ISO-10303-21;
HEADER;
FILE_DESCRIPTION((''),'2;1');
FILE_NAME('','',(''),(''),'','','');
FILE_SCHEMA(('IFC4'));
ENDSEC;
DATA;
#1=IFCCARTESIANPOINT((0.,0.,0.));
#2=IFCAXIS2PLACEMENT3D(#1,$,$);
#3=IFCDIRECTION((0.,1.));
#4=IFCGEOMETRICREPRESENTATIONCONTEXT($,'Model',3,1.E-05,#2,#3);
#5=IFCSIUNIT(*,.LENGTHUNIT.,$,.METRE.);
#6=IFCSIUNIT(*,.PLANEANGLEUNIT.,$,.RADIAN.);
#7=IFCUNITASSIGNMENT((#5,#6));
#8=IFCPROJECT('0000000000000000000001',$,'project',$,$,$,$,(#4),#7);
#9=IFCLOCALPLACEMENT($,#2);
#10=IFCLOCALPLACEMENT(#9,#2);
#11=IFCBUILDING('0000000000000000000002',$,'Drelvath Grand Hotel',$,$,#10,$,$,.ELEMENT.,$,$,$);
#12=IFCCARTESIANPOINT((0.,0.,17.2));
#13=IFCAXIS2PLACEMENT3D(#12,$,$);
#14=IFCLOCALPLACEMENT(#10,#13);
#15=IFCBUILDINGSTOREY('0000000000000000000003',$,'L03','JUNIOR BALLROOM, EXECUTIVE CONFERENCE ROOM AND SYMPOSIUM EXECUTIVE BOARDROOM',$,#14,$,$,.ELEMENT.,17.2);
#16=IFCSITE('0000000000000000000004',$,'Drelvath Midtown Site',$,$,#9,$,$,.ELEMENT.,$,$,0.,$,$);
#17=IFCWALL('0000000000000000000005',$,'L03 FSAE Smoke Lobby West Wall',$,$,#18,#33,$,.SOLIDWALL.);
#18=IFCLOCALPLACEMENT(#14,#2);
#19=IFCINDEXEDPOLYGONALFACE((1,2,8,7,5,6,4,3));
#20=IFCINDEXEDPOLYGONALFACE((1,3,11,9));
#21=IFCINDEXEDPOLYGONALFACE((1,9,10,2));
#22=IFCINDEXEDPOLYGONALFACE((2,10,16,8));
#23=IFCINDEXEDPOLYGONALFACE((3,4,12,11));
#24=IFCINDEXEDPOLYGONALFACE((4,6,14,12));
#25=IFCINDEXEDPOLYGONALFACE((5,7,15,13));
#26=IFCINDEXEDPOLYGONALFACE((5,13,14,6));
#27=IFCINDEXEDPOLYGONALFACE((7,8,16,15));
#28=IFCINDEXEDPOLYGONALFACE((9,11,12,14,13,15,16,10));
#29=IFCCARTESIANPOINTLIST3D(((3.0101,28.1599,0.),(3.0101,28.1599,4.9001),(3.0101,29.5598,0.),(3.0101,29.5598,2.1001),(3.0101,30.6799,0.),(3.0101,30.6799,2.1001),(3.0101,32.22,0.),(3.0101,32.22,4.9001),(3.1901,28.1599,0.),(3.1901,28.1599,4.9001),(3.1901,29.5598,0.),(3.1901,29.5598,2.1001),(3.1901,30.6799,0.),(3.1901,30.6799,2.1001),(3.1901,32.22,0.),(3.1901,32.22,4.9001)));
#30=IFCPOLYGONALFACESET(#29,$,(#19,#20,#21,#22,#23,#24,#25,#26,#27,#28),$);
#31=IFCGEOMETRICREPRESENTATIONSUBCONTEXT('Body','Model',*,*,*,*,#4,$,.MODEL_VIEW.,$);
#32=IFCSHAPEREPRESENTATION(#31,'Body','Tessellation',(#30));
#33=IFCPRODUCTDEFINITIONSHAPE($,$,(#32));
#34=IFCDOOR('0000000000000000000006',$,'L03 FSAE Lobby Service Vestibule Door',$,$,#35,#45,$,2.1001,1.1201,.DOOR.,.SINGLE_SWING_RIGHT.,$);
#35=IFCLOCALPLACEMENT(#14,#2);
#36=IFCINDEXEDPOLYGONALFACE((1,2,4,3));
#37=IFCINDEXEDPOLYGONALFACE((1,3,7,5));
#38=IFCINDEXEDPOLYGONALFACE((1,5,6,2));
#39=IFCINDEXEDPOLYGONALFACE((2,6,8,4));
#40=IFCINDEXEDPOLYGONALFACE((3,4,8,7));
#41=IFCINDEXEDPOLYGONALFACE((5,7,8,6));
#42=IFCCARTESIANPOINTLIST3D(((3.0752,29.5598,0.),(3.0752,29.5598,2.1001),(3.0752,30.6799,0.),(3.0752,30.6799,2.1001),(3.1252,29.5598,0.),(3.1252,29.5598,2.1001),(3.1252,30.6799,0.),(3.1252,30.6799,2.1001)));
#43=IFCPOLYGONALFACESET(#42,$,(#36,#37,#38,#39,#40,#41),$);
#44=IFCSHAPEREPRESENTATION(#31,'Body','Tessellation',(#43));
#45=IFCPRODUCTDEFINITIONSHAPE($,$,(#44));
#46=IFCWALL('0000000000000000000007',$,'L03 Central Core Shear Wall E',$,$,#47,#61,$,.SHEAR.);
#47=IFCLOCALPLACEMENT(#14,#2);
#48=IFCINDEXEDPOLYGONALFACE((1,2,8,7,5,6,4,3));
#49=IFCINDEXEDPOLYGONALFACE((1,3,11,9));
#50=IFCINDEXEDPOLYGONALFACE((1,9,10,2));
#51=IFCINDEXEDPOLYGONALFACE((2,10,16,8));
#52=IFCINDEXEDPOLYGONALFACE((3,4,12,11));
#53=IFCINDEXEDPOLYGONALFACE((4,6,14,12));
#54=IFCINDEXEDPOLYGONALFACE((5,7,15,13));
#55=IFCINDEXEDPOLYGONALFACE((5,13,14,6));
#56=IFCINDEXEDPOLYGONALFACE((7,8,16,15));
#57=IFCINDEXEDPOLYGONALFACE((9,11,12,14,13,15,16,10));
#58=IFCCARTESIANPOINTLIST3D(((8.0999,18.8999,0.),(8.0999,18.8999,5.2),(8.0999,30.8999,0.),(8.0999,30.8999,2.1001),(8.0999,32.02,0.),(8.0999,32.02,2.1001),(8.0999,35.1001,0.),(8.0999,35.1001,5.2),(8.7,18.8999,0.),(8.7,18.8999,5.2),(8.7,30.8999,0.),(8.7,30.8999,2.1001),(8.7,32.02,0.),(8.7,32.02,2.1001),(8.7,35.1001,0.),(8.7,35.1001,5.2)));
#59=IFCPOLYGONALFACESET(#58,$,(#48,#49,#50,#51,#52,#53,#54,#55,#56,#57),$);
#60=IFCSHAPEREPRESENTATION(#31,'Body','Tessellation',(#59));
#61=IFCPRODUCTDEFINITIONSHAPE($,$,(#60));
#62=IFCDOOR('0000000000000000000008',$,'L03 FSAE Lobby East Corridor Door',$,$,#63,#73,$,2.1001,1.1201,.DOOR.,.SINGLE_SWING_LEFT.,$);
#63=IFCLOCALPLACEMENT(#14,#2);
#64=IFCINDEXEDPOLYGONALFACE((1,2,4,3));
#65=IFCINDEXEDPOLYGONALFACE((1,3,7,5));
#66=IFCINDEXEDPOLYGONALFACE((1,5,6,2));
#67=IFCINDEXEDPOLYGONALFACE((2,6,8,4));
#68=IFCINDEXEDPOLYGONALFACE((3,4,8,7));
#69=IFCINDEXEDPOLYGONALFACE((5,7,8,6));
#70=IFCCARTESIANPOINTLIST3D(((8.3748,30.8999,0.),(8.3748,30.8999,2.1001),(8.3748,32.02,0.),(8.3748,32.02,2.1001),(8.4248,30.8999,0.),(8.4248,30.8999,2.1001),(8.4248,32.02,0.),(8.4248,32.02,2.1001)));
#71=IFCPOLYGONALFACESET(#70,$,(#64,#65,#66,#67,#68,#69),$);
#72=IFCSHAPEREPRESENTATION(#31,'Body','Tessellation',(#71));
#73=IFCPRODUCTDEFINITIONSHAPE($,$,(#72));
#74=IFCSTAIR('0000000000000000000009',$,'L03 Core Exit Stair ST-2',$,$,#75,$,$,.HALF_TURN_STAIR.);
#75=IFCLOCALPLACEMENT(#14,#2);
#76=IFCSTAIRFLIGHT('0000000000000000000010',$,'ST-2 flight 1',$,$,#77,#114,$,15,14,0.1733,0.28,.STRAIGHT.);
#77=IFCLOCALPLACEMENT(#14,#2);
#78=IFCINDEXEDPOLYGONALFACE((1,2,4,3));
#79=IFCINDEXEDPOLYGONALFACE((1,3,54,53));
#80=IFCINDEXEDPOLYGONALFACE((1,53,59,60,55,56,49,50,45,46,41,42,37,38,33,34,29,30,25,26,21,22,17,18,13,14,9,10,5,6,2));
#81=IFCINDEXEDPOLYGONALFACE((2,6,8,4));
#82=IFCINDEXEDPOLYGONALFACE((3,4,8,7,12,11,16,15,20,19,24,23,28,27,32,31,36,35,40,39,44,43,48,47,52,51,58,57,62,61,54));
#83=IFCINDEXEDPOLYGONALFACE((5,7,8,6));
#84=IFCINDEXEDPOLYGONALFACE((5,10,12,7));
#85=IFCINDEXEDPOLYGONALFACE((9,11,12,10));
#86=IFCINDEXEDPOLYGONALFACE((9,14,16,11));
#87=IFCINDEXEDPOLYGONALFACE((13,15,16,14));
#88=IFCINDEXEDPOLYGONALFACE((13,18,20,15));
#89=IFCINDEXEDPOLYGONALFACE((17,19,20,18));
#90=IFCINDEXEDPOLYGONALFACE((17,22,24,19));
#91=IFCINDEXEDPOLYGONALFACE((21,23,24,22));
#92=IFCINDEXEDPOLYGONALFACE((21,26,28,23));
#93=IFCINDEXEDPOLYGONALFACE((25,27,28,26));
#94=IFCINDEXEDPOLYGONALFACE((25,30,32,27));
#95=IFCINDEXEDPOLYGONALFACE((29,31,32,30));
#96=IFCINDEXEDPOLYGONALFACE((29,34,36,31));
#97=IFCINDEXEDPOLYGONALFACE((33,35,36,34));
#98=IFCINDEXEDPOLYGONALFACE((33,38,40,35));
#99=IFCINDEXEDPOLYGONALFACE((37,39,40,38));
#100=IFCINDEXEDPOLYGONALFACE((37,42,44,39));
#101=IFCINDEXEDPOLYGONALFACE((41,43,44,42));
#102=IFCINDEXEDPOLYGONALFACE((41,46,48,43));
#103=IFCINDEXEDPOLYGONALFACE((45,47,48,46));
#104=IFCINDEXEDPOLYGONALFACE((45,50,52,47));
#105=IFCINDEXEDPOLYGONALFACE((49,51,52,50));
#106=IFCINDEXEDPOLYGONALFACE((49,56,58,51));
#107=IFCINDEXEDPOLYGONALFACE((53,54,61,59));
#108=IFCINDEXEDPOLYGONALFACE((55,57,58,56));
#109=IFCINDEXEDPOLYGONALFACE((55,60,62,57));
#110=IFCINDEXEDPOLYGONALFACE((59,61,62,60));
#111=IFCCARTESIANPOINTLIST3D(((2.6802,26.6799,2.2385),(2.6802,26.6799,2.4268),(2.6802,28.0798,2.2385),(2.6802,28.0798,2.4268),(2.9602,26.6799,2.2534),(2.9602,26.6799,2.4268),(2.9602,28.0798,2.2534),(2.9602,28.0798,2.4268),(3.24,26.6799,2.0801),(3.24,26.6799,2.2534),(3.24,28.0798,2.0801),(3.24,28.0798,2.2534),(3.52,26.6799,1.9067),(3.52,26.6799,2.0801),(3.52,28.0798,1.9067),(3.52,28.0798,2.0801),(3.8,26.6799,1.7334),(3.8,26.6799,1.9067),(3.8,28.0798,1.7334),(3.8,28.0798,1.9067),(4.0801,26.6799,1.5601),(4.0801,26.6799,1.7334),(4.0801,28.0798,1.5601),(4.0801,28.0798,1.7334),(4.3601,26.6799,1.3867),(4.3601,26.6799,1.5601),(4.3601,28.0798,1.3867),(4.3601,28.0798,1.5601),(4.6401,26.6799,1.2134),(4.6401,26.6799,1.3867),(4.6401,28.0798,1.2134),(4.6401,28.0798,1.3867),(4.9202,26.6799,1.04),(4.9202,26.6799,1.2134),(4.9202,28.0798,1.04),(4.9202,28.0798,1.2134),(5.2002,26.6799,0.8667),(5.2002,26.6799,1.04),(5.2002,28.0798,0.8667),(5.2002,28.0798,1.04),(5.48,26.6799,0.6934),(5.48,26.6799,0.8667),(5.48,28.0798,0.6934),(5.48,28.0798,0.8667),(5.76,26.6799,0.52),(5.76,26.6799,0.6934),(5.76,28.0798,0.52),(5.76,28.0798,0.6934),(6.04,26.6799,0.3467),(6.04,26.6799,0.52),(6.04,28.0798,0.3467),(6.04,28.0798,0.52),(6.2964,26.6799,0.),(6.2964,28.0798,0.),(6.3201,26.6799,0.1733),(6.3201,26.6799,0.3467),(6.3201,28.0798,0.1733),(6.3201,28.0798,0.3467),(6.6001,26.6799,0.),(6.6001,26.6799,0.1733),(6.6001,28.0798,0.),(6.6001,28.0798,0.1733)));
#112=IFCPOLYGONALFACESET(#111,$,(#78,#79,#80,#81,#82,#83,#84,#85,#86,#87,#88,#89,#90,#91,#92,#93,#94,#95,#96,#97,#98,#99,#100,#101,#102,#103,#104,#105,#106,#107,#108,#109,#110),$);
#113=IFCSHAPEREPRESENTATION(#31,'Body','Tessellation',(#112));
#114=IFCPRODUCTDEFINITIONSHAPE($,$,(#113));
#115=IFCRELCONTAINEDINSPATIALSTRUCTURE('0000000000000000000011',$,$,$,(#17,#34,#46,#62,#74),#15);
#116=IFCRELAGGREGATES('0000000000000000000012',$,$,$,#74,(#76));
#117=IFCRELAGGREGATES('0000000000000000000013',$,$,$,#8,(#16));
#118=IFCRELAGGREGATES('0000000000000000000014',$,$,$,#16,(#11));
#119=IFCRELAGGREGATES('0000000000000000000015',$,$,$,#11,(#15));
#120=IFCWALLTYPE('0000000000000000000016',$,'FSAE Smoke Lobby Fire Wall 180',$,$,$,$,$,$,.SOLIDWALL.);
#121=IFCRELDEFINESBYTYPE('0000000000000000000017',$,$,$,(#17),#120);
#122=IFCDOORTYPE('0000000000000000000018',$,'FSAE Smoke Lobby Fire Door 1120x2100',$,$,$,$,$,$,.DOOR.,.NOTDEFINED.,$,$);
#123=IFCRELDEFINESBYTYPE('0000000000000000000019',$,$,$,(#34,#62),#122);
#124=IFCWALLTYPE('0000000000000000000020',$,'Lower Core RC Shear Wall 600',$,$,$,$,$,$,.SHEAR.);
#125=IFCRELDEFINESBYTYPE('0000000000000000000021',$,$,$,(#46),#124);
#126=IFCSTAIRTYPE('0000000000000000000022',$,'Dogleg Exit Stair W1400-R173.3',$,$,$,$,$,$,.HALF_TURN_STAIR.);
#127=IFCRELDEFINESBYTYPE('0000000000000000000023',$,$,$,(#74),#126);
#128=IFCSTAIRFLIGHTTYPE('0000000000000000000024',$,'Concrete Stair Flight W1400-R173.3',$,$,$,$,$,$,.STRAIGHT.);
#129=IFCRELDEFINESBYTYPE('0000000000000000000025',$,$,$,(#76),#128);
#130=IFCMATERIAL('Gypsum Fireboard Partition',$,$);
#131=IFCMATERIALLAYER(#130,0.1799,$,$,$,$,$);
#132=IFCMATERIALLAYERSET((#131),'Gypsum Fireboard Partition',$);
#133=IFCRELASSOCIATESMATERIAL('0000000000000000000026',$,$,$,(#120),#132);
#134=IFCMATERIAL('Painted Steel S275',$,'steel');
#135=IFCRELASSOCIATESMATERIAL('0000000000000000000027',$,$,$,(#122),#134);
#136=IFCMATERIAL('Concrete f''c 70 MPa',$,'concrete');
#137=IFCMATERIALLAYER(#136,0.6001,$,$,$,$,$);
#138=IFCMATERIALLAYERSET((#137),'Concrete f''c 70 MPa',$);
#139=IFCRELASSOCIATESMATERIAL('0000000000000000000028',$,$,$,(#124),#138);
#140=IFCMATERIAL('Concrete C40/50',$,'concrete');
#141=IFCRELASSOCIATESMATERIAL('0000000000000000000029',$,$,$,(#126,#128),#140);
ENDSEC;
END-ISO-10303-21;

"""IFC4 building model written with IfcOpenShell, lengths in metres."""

from ifc_helpers import new_model, si_unit, direction, frame, frame_2d, origin, place, context, subcontext, project, spatial, polyline, rectangle, outline, extrude, material, layer, layer_set, type_object, element, fill, aggregate, save


model = new_model("IFC4")

# Units and contexts
model_context = context("Model", 3, precision=1e-05, world=origin(), true_north=direction((0.0, 1.0)))
body_context = subcontext(model_context, "Body", "Model", "MODEL_VIEW")
ifc_project = project(units=[si_unit("LENGTHUNIT", "METRE"), si_unit("PLANEANGLEUNIT", "RADIAN")], contexts=[model_context])

# Site, building, storey
site_placement = place(None, origin())
site = spatial("IfcSite", under=ifc_project, at=site_placement, Name="Drelvath Midtown Site", CompositionType="ELEMENT", RefElevation=0.0)
building_placement = place(site_placement, origin())
building = spatial("IfcBuilding", under=site, at=building_placement, Name="Drelvath Grand Hotel", CompositionType="ELEMENT")
storey_placement = place(building_placement, frame((0.0, 0.0, 17.2)))
storey = spatial("IfcBuildingStorey", under=building, at=storey_placement, Name="L03", Description="JUNIOR BALLROOM, EXECUTIVE CONFERENCE ROOM AND SYMPOSIUM EXECUTIVE BOARDROOM", CompositionType="ELEMENT", Elevation=17.2)

# Shared definitions
ifc_material_1 = material(Name="Concrete f'c 70 MPa", Category="concrete")

# Shared definitions
ifc_material_2 = material(Name="Concrete C40/50", Category="concrete")

# Shared definitions
ifc_material_3 = material(Name="Painted Steel S275", Category="steel")

# Shared definitions
ifc_material_4 = material(Name="Gypsum Fireboard Partition")

# Walls, openings, doors
ifc_layer_1 = layer(ifc_material_4, 0.1799)
ifc_layer_set_1 = layer_set([ifc_layer_1], Name="Gypsum Fireboard Partition")
wall_type_1 = type_object("IfcWallType", Name="FSAE Smoke Lobby Fire Wall 180", PredefinedType="SOLIDWALL", material=ifc_layer_set_1)
wall_1_placement = place(storey_placement, frame((3.1001, 28.1599, 0.0), z_axis=(0.0, 0.0, 1.0), x_axis=(0.0, 1.0, 0.0)))
wall_1 = element("IfcWall", 1, at=wall_1_placement, inside=storey, type_object=wall_type_1, Name="L03 FSAE Smoke Lobby West Wall", PredefinedType="SOLIDWALL", context=body_context, shape_type="SweptSolid", body=[
    extrude(rectangle(XDim=4.0601, YDim=0.1799, at=frame_2d((2.03, 0.0))), origin(), (0.0, 0.0, 1.0), 4.9001),
])
opening_1_placement = place(wall_1_placement, frame((1.3999, 0.0, 0.0)))
opening_1 = element("IfcOpeningElement", 2, at=opening_1_placement, cuts=wall_1, PredefinedType="OPENING", context=body_context, shape_type="SweptSolid", body=[
    extrude(rectangle(XDim=1.1201, YDim=2.1001, at=frame_2d((0.5601, 1.05))), frame((0.0, 0.0999, 0.0), z_axis=(0.0, -1.0, 0.0), x_axis=(1.0, 0.0, 0.0)), (0.0, 0.0, 1.0), 0.2),
])
door_type_1 = type_object("IfcDoorType", Name="FSAE Smoke Lobby Fire Door 1120x2100", OperationType="NOTDEFINED", PredefinedType="DOOR", material=ifc_material_3)
door_1_placement = place(opening_1_placement, origin())
door_1 = element("IfcDoor", 3, at=door_1_placement, inside=storey, type_object=door_type_1, Name="L03 FSAE Lobby Service Vestibule Door", OperationType="SINGLE_SWING_RIGHT", OverallHeight=2.1001, OverallWidth=1.1201, PredefinedType="DOOR", context=body_context, shape_type="SweptSolid", body=[
    extrude(rectangle(XDim=1.1201, YDim=2.1001, at=frame_2d((0.5601, 1.05))), frame((0.0, 0.0249, 0.0), z_axis=(0.0, -1.0, 0.0), x_axis=(1.0, 0.0, 0.0)), (0.0, 0.0, 1.0), 0.05),
])
fill(opening_1, door_1)
ifc_layer_2 = layer(ifc_material_1, 0.6001)
ifc_layer_set_2 = layer_set([ifc_layer_2], Name="Concrete f'c 70 MPa")
wall_type_2 = type_object("IfcWallType", Name="Lower Core RC Shear Wall 600", PredefinedType="SHEAR", material=ifc_layer_set_2)
wall_2_placement = place(storey_placement, frame((8.3999, 35.1001, 0.0), z_axis=(0.0, 0.0, 1.0), x_axis=(0.0, -1.0, 0.0)))
wall_2 = element("IfcWall", 4, at=wall_2_placement, inside=storey, type_object=wall_type_2, Name="L03 Central Core Shear Wall E", PredefinedType="SHEAR", context=body_context, shape_type="SweptSolid", body=[
    extrude(rectangle(XDim=16.2002, YDim=0.6001, at=frame_2d((8.1001, 0.0))), origin(), (0.0, 0.0, 1.0), 5.2),
])
opening_2_placement = place(wall_2_placement, frame((3.0801, 0.0, 0.0)))
opening_2 = element("IfcOpeningElement", 5, at=opening_2_placement, cuts=wall_2, PredefinedType="OPENING", context=body_context, shape_type="SweptSolid", body=[
    extrude(rectangle(XDim=1.1201, YDim=2.1001, at=frame_2d((0.5601, 1.05))), frame((0.0, 0.3101, 0.0), z_axis=(0.0, -1.0, 0.0), x_axis=(1.0, 0.0, 0.0)), (0.0, 0.0, 1.0), 0.6201),
])
door_2_placement = place(opening_2_placement, origin())
door_2 = element("IfcDoor", 6, at=door_2_placement, inside=storey, type_object=door_type_1, Name="L03 FSAE Lobby East Corridor Door", OperationType="SINGLE_SWING_LEFT", OverallHeight=2.1001, OverallWidth=1.1201, PredefinedType="DOOR", context=body_context, shape_type="SweptSolid", body=[
    extrude(rectangle(XDim=1.1201, YDim=2.1001, at=frame_2d((0.5601, 1.05))), frame((0.0, 0.0249, 0.0), z_axis=(0.0, -1.0, 0.0), x_axis=(1.0, 0.0, 0.0)), (0.0, 0.0, 1.0), 0.05),
])
fill(opening_2, door_2)

# Stair, stair flight
stair_type = type_object("IfcStairType", Name="Dogleg Exit Stair W1400-R173.3", PredefinedType="HALF_TURN_STAIR", material=ifc_material_2)
stair_placement = place(storey_placement, origin())
stair = element("IfcStair", 7, at=stair_placement, inside=storey, type_object=stair_type, Name="L03 Core Exit Stair ST-2", PredefinedType="HALF_TURN_STAIR")
stair_flight_type = type_object("IfcStairFlightType", Name="Concrete Stair Flight W1400-R173.3", PredefinedType="STRAIGHT", material=ifc_material_2)
stair_flight_placement = place(storey_placement, frame((6.6001, 27.3799, 0.0), z_axis=(0.0, 0.0, 1.0), x_axis=(-1.0, 0.0, 0.0)))
stair_flight = element("IfcStairFlight", 8, at=stair_flight_placement, type_object=stair_flight_type, Name="ST-2 flight 1", NumberOfRisers=15, NumberOfTreads=14, PredefinedType="STRAIGHT", RiserHeight=0.1733, TreadLength=0.28, context=body_context, shape_type="SweptSolid", body=[
    extrude(outline(polyline([(0.0, 0.0), (0.0, 0.1733), (0.28, 0.1733), (0.28, 0.3467), (0.5601, 0.3467), (0.5601, 0.52), (0.8401, 0.52), (0.8401, 0.6934), (1.1201, 0.6934), (1.1201, 0.8667), (1.3999, 0.8667), (1.3999, 1.04), (1.6799, 1.04), (1.6799, 1.2134), (1.96, 1.2134), (1.96, 1.3867), (2.24, 1.3867), (2.24, 1.5601), (2.52, 1.5601), (2.52, 1.7334), (2.8, 1.7334), (2.8, 1.9067), (3.0801, 1.9067), (3.0801, 2.0801), (3.3601, 2.0801), (3.3601, 2.2534), (3.6399, 2.2534), (3.6399, 2.4268), (3.9199, 2.4268), (3.9199, 2.6001), (3.9199, 2.2385), (0.3037, 0.0), (0.0, 0.0)])), frame((0.0, 0.7, 0.0), z_axis=(0.0, -1.0, 0.0), x_axis=(1.0, 0.0, 0.0)), (0.0, 0.0, 1.0), 1.3999),
])
aggregate(stair, [stair_flight])

save(model, "model.ifc")
